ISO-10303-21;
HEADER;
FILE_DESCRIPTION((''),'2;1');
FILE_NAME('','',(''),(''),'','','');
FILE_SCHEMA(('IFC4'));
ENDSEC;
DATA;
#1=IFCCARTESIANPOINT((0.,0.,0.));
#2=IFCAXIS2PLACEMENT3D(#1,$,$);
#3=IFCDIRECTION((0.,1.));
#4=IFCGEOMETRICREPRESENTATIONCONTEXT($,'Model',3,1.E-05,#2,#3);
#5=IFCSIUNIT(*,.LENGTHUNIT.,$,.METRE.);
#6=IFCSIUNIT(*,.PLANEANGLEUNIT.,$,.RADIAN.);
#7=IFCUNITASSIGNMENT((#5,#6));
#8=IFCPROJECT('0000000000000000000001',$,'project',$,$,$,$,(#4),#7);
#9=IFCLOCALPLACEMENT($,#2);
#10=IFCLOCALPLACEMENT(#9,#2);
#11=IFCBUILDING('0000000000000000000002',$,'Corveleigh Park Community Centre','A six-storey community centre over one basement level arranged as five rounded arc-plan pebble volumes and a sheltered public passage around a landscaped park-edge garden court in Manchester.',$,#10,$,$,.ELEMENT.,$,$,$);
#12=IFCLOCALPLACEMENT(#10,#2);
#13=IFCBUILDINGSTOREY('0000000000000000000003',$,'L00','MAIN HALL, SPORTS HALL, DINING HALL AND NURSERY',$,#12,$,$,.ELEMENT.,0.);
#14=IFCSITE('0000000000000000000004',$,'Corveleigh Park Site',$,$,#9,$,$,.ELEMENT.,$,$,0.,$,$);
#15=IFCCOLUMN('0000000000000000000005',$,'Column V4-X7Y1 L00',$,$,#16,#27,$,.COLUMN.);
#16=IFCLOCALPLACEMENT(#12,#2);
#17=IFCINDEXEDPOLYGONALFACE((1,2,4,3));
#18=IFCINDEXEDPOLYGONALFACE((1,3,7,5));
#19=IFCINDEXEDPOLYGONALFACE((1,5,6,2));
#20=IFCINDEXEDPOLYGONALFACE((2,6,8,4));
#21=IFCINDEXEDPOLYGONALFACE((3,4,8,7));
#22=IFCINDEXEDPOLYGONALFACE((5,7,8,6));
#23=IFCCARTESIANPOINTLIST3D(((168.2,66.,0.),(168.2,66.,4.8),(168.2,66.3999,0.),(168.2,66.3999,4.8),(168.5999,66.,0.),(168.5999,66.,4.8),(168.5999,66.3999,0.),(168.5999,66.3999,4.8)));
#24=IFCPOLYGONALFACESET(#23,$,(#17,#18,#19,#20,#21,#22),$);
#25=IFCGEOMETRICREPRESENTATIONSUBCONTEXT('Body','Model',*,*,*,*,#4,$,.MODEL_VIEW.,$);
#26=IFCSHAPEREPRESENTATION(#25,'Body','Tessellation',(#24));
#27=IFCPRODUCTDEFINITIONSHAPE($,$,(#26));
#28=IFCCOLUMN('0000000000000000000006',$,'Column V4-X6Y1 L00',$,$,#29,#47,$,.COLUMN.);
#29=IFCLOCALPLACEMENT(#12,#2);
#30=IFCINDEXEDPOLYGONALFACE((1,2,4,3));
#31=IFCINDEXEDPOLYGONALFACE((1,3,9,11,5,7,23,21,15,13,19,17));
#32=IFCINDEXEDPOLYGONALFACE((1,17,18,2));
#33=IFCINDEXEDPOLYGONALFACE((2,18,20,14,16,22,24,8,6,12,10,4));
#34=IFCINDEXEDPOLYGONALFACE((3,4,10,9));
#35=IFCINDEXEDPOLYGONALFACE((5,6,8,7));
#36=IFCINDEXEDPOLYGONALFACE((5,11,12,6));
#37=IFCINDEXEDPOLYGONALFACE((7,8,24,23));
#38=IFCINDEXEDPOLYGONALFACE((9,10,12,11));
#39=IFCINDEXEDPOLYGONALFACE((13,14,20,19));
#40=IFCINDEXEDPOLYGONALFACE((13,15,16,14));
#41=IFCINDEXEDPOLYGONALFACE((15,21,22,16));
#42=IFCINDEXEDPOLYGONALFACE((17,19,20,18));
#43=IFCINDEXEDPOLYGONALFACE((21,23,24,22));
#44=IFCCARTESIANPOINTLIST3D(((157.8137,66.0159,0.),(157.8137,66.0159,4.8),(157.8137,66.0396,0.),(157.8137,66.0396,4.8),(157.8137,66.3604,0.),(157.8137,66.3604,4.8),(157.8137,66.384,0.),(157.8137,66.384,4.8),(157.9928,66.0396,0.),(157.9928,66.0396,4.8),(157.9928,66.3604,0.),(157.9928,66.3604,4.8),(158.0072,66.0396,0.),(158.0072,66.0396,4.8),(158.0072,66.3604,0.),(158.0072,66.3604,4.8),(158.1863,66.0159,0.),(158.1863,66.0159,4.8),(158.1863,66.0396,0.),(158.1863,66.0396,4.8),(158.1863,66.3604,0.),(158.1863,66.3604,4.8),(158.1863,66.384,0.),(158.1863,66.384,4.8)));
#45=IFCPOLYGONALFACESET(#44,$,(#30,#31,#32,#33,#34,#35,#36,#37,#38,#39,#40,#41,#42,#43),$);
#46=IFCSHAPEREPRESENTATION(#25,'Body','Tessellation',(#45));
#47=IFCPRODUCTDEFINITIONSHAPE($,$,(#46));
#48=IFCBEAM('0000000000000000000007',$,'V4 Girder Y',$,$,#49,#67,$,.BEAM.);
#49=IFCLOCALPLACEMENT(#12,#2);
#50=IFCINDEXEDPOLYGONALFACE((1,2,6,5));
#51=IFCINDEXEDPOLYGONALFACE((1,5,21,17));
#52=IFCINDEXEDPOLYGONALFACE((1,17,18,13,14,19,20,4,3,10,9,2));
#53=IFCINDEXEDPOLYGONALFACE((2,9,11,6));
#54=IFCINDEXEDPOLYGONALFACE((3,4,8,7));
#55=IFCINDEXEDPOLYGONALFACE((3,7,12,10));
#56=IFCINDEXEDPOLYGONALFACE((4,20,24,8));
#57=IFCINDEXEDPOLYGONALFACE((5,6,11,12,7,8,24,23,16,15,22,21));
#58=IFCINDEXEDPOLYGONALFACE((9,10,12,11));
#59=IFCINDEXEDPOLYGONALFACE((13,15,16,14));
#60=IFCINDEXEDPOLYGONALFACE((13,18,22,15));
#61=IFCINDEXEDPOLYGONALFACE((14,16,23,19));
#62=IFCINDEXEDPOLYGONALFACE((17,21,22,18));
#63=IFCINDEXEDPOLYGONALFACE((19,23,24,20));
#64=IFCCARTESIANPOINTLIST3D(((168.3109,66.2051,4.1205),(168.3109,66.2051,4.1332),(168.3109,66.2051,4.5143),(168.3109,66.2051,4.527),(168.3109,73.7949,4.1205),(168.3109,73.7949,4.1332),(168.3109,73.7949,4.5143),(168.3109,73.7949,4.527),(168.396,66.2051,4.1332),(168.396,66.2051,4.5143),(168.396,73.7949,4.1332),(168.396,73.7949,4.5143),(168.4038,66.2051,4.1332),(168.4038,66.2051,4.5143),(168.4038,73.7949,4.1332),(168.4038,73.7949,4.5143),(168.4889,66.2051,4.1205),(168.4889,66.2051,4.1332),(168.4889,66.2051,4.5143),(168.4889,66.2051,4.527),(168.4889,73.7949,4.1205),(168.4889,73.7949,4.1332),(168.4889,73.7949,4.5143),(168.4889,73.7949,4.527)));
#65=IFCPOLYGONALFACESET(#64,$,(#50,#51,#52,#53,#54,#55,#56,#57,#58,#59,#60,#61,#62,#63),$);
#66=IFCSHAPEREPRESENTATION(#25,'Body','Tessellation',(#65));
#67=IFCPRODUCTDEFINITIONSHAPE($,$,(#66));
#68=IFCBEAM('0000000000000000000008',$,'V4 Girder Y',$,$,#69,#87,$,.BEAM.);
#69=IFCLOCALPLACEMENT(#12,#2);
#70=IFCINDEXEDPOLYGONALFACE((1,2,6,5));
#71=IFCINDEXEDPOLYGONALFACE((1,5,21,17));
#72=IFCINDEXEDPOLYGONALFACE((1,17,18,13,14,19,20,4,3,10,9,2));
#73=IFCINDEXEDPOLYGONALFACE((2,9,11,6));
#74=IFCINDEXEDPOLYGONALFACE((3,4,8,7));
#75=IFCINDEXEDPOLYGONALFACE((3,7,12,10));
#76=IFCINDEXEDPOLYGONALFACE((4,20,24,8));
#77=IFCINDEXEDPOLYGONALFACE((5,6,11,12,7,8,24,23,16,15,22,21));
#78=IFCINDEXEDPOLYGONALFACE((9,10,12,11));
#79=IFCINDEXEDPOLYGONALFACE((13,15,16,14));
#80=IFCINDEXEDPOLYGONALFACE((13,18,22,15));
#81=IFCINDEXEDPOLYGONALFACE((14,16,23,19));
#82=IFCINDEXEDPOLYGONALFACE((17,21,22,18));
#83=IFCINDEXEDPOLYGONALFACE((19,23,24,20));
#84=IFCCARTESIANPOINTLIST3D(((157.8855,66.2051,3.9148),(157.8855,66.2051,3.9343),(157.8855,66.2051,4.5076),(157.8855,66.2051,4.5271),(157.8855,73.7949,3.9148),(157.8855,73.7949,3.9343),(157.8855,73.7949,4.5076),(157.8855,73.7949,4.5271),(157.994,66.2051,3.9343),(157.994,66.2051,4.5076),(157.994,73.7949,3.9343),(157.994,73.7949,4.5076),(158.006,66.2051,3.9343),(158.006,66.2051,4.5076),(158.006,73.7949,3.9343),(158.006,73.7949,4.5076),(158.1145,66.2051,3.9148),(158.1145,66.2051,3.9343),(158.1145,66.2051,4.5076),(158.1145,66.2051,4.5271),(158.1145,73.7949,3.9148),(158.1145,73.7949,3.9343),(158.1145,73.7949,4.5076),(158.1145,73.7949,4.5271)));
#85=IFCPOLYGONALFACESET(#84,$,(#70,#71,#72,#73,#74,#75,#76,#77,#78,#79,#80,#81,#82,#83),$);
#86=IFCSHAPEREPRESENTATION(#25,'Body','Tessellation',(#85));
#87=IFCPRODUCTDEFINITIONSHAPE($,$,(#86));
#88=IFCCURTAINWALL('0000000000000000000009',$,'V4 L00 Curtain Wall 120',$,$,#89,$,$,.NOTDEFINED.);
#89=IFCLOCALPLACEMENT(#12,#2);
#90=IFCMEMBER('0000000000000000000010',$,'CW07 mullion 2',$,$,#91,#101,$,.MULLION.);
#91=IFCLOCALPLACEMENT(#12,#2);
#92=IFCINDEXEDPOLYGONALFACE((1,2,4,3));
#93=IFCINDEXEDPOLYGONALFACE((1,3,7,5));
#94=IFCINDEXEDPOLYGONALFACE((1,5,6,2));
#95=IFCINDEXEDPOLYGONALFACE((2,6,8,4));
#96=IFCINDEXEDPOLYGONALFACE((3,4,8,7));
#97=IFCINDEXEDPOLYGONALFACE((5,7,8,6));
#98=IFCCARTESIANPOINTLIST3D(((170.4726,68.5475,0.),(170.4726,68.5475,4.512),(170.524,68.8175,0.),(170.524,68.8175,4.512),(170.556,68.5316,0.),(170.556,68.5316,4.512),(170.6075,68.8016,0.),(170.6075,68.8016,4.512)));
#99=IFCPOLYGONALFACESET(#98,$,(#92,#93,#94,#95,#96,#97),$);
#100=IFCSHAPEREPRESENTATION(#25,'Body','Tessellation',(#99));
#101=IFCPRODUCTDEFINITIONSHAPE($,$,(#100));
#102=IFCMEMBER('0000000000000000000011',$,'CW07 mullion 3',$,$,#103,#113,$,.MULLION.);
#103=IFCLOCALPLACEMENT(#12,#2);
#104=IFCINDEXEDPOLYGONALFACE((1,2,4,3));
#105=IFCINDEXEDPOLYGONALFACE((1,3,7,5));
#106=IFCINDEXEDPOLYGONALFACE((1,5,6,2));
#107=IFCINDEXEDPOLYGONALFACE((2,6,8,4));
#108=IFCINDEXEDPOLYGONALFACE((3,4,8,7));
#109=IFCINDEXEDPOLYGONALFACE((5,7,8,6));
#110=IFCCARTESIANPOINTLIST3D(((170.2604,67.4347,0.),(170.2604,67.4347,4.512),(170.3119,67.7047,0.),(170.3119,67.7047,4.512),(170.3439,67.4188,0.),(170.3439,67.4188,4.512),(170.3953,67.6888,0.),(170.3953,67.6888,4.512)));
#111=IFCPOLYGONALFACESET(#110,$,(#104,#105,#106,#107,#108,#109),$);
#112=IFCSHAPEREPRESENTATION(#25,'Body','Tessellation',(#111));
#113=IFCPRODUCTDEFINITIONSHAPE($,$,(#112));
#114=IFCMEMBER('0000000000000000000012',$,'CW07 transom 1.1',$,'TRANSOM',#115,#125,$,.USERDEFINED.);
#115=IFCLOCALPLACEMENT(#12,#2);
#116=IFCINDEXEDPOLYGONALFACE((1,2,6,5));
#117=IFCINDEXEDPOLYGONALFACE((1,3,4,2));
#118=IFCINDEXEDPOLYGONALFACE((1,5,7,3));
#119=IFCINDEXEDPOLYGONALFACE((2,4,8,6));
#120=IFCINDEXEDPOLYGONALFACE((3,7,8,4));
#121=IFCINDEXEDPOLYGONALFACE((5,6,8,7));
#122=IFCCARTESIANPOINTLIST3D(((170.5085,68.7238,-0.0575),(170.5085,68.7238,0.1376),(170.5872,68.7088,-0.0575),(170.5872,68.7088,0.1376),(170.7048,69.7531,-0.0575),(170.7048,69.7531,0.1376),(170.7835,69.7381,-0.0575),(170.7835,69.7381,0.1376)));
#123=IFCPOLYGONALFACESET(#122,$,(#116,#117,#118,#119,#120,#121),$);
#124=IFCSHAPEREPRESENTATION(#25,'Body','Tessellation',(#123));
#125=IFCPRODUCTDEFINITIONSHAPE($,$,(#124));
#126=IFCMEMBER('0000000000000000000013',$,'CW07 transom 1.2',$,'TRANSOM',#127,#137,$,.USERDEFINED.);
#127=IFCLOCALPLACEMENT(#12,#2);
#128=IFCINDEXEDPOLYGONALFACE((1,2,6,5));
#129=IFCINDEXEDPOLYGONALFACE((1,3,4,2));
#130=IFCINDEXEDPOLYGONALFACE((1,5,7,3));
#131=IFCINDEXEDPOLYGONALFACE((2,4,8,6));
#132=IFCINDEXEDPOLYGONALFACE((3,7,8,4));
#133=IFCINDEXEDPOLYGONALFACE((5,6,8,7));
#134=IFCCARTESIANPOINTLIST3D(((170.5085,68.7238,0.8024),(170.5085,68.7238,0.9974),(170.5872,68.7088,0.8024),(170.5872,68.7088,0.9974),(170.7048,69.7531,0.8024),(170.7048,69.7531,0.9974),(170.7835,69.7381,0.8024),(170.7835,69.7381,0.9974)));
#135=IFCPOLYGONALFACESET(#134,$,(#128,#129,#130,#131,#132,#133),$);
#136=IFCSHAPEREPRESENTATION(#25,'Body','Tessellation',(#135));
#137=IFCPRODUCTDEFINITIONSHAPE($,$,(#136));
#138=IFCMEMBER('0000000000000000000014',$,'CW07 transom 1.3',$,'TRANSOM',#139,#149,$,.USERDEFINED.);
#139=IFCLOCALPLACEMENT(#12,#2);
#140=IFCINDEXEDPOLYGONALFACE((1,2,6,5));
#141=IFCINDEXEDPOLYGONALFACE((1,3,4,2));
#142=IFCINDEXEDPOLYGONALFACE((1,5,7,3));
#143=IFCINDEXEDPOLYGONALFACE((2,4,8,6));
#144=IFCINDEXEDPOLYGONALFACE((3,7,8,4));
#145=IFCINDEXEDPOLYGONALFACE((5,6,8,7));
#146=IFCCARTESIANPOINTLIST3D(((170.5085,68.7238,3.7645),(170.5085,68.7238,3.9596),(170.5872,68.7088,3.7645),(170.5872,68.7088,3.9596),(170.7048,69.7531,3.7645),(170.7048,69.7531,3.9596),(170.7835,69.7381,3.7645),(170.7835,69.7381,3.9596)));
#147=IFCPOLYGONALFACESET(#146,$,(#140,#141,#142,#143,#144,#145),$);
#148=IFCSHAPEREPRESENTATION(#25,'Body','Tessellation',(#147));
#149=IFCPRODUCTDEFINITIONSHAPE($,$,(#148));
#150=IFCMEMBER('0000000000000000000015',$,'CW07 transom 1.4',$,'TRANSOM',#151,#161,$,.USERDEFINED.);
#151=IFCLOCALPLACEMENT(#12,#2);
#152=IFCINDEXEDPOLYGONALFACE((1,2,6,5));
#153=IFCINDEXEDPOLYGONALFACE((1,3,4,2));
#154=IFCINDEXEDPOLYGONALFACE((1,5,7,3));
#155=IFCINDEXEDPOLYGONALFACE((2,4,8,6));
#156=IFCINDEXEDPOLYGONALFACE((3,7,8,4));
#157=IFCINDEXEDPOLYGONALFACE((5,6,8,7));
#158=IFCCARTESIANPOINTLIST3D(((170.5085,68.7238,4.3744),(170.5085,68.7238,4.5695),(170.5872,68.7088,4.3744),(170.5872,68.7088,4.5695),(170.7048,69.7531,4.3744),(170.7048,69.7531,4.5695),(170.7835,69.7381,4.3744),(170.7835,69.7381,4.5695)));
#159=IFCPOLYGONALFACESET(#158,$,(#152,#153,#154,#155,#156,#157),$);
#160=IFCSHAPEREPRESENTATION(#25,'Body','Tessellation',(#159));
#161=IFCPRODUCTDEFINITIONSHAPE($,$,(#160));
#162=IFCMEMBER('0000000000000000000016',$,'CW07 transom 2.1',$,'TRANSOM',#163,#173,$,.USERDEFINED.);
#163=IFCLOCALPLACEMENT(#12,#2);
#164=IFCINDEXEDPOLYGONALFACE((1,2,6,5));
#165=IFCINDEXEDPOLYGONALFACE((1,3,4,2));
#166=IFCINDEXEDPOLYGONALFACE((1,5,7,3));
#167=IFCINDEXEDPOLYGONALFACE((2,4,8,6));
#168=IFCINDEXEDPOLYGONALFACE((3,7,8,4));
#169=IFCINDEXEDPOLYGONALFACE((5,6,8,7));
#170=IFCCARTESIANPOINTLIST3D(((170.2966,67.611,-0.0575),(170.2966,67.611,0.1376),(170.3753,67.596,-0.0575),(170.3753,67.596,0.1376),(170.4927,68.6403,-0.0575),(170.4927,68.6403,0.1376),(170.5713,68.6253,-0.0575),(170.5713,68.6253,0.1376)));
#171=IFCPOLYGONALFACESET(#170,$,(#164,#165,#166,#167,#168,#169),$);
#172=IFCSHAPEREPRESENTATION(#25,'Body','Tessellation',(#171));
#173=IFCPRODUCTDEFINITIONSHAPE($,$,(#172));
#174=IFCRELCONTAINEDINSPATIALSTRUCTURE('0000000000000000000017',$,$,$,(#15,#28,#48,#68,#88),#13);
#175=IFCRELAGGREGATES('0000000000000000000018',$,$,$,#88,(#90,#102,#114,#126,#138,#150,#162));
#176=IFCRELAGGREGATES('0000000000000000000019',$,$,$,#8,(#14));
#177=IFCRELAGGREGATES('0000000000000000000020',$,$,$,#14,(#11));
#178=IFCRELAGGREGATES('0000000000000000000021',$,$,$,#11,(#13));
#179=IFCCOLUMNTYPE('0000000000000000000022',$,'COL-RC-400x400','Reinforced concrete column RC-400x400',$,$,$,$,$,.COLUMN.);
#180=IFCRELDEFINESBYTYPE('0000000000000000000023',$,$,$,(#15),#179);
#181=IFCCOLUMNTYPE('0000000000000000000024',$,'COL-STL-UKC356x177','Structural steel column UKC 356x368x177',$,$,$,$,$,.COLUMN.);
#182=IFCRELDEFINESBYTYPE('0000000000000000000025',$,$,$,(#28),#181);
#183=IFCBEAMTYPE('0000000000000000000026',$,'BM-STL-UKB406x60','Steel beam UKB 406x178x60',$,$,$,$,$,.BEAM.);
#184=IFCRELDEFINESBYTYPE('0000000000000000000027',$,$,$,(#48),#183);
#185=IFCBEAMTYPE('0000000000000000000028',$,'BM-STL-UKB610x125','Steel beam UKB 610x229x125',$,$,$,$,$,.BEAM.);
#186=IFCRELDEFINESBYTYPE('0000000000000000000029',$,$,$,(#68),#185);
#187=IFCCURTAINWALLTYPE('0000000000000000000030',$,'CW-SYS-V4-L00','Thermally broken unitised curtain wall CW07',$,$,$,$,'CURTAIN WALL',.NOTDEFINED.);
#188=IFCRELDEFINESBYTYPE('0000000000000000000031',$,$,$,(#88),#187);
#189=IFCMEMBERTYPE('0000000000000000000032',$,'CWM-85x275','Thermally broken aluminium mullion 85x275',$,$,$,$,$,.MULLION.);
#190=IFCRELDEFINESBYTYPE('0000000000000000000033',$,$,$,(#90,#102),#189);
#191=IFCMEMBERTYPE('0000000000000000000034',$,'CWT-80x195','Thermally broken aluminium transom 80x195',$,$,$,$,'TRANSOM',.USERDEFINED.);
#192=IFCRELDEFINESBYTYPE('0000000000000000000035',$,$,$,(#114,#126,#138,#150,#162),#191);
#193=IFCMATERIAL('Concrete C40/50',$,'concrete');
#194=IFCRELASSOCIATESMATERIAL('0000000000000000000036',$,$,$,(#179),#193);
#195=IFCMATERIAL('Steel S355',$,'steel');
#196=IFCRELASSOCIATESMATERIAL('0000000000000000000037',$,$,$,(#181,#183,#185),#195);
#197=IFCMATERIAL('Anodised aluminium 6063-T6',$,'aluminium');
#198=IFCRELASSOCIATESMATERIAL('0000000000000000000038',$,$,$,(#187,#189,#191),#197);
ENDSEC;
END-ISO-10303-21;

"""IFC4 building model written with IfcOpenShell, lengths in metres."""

from ifc_helpers import new_model, si_unit, direction, frame, origin, origin_2d, place, context, subcontext, project, spatial, rectangle, i_section, extrude, material, material_profile, profile_set, type_object, element, aggregate, save


model = new_model("IFC4")

# Units and contexts
model_context = context("Model", 3, precision=1e-05, world=origin(), true_north=direction((0.0, 1.0)))
body_context = subcontext(model_context, "Body", "Model", "MODEL_VIEW")
ifc_project = project(units=[si_unit("LENGTHUNIT", "METRE"), si_unit("PLANEANGLEUNIT", "RADIAN")], contexts=[model_context])

# Site, building, storey
site_placement = place(None, origin())
site = spatial("IfcSite", under=ifc_project, at=site_placement, Name="Corveleigh Park Site", CompositionType="ELEMENT", RefElevation=0.0)
building_placement = place(site_placement, origin())
building = spatial("IfcBuilding", under=site, at=building_placement, Name="Corveleigh Park Community Centre", Description="A six-storey community centre over one basement level arranged as five rounded arc-plan pebble volumes and a sheltered public passage around a landscaped park-edge garden court in Manchester.", CompositionType="ELEMENT")
storey_placement = place(building_placement, origin())
storey = spatial("IfcBuildingStorey", under=building, at=storey_placement, Name="L00", Description="MAIN HALL, SPORTS HALL, DINING HALL AND NURSERY", CompositionType="ELEMENT", Elevation=0.0)

# Columns
ifc_material_1 = material(Name="Concrete C40/50", Category="concrete")
ifc_material_profile_1 = material_profile(ifc_material_1, rectangle(XDim=0.3999, YDim=0.3999, at=origin_2d()), Name="RC-400x400", Category="concrete")
ifc_profile_set_1 = profile_set([ifc_material_profile_1], Name="Concrete C40/50")
column_type_1 = type_object("IfcColumnType", Name="COL-RC-400x400", Description="Reinforced concrete column RC-400x400", PredefinedType="COLUMN", material=ifc_profile_set_1)
column_1_placement = place(storey_placement, frame((168.3999, 66.2, 0.0), z_axis=(0.0, 0.0, 1.0), x_axis=(1.0, 0.0, 0.0)))
element("IfcColumn", 1, at=column_1_placement, inside=storey, type_object=column_type_1, Name="Column V4-X7Y1 L00", PredefinedType="COLUMN", context=body_context, shape_type="SweptSolid", body=[
    extrude(rectangle(XDim=0.3999, YDim=0.3999, at=origin_2d()), origin(), (0.0, 0.0, 1.0), 4.8),
])
ifc_material_2 = material(Name="Steel S355", Category="steel")
ifc_material_profile_2 = material_profile(ifc_material_2, i_section(OverallWidth=0.3726, OverallDepth=0.3682, WebThickness=0.0144, FlangeThickness=0.0237, at=origin_2d()), Name="UKC 356x368x177", Category="steel")
ifc_profile_set_2 = profile_set([ifc_material_profile_2], Name="Steel S355")
column_type_2 = type_object("IfcColumnType", Name="COL-STL-UKC356x177", Description="Structural steel column UKC 356x368x177", PredefinedType="COLUMN", material=ifc_profile_set_2)
column_2_placement = place(storey_placement, frame((158.0, 66.2, 0.0), z_axis=(0.0, 0.0, 1.0), x_axis=(1.0, 0.0, 0.0)))
element("IfcColumn", 2, at=column_2_placement, inside=storey, type_object=column_type_2, Name="Column V4-X6Y1 L00", PredefinedType="COLUMN", context=body_context, shape_type="SweptSolid", body=[
    extrude(i_section(OverallWidth=0.3726, OverallDepth=0.3682, WebThickness=0.0144, FlangeThickness=0.0237, at=origin_2d()), origin(), (0.0, 0.0, 1.0), 4.8),
])

# Beams
ifc_material_profile_3 = material_profile(ifc_material_2, i_section(OverallWidth=0.178, OverallDepth=0.4065, WebThickness=0.0078, FlangeThickness=0.0127, at=origin_2d()), Name="UKB 406x178x60", Category="steel")
ifc_profile_set_3 = profile_set([ifc_material_profile_3], Name="Steel S355")
beam_type_1 = type_object("IfcBeamType", Name="BM-STL-UKB406x60", Description="Steel beam UKB 406x178x60", PredefinedType="BEAM", material=ifc_profile_set_3)
beam_1_placement = place(storey_placement, frame((168.3999, 66.2051, 4.3237), z_axis=(0.0, 1.0, 0.0), x_axis=(-1.0, 0.0, 0.0)))
element("IfcBeam", 3, at=beam_1_placement, inside=storey, type_object=beam_type_1, Name="V4 Girder Y", PredefinedType="BEAM", context=body_context, shape_type="SweptSolid", body=[
    extrude(i_section(OverallWidth=0.178, OverallDepth=0.4065, WebThickness=0.0078, FlangeThickness=0.0127, at=origin_2d()), origin(), (0.0, 0.0, 1.0), 7.5898),
])
ifc_material_profile_4 = material_profile(ifc_material_2, i_section(OverallWidth=0.229, OverallDepth=0.6123, WebThickness=0.012, FlangeThickness=0.0195, at=origin_2d()), Name="UKB 610x229x125", Category="steel")
ifc_profile_set_4 = profile_set([ifc_material_profile_4], Name="Steel S355")
beam_type_2 = type_object("IfcBeamType", Name="BM-STL-UKB610x125", Description="Steel beam UKB 610x229x125", PredefinedType="BEAM", material=ifc_profile_set_4)
beam_2_placement = place(storey_placement, frame((158.0, 66.2051, 4.2209), z_axis=(0.0, 1.0, 0.0), x_axis=(-1.0, 0.0, 0.0)))
element("IfcBeam", 4, at=beam_2_placement, inside=storey, type_object=beam_type_2, Name="V4 Girder Y", PredefinedType="BEAM", context=body_context, shape_type="SweptSolid", body=[
    extrude(i_section(OverallWidth=0.229, OverallDepth=0.6123, WebThickness=0.012, FlangeThickness=0.0195, at=origin_2d()), origin(), (0.0, 0.0, 1.0), 7.5898),
])

# Curtain wall, members
ifc_material_3 = material(Name="Anodised aluminium 6063-T6", Category="aluminium")
curtain_wall_type = type_object("IfcCurtainWallType", Name="CW-SYS-V4-L00", Description="Thermally broken unitised curtain wall CW07", ElementType="CURTAIN WALL", PredefinedType="NOTDEFINED", material=ifc_material_3)
curtain_wall_placement = place(storey_placement, origin())
curtain_wall = element("IfcCurtainWall", 5, at=curtain_wall_placement, inside=storey, type_object=curtain_wall_type, Name="V4 L00 Curtain Wall 120", PredefinedType="NOTDEFINED")
ifc_material_profile_5 = material_profile(ifc_material_3, rectangle(XDim=0.085, YDim=0.2749, at=origin_2d()), Name="ALU-M85x275", Category="aluminium")
ifc_profile_set_5 = profile_set([ifc_material_profile_5], Name="Anodised aluminium 6063-T6")
member_type_1 = type_object("IfcMemberType", Name="CWM-85x275", Description="Thermally broken aluminium mullion 85x275", PredefinedType="MULLION", material=ifc_profile_set_5)
member_1_placement = place(storey_placement, frame((170.54, 68.6746, 0.0), z_axis=(0.0, 0.0, 1.0), x_axis=(0.982324, -0.18719, 0.0)))
member_1 = element("IfcMember", 6, at=member_1_placement, type_object=member_type_1, Name="CW07 mullion 2", PredefinedType="MULLION", context=body_context, shape_type="SweptSolid", body=[
    extrude(rectangle(XDim=0.085, YDim=0.2749, at=origin_2d()), origin(), (0.0, 0.0, 1.0), 4.512),
])
member_2_placement = place(storey_placement, frame((170.3279, 67.5618, 0.0), z_axis=(0.0, 0.0, 1.0), x_axis=(0.982324, -0.18719, 0.0)))
member_2 = element("IfcMember", 7, at=member_2_placement, type_object=member_type_1, Name="CW07 mullion 3", PredefinedType="MULLION", context=body_context, shape_type="SweptSolid", body=[
    extrude(rectangle(XDim=0.085, YDim=0.2749, at=origin_2d()), origin(), (0.0, 0.0, 1.0), 4.512),
])
ifc_material_profile_6 = material_profile(ifc_material_3, rectangle(XDim=0.0801, YDim=0.1951, at=origin_2d()), Name="ALU-T80x195", Category="aluminium")
ifc_profile_set_6 = profile_set([ifc_material_profile_6], Name="Anodised aluminium 6063-T6")
member_type_2 = type_object("IfcMemberType", Name="CWT-80x195", Description="Thermally broken aluminium transom 80x195", ElementType="TRANSOM", PredefinedType="USERDEFINED", material=ifc_profile_set_6)
member_3_placement = place(storey_placement, frame((170.7441, 69.7456, 0.04), z_axis=(-0.187326, -0.982298, 0.0), x_axis=(0.982298, -0.187326, 0.0)))
member_3 = element("IfcMember", 8, at=member_3_placement, type_object=member_type_2, Name="CW07 transom 1.1", ObjectType="TRANSOM", PredefinedType="USERDEFINED", context=body_context, shape_type="SweptSolid", body=[
    extrude(rectangle(XDim=0.0801, YDim=0.1951, at=origin_2d()), origin(), (0.0, 0.0, 1.0), 1.0479),
])
member_4_placement = place(storey_placement, frame((170.7441, 69.7456, 0.8999), z_axis=(-0.187326, -0.982298, 0.0), x_axis=(0.982298, -0.187326, 0.0)))
member_4 = element("IfcMember", 9, at=member_4_placement, type_object=member_type_2, Name="CW07 transom 1.2", ObjectType="TRANSOM", PredefinedType="USERDEFINED", context=body_context, shape_type="SweptSolid", body=[
    extrude(rectangle(XDim=0.0801, YDim=0.1951, at=origin_2d()), origin(), (0.0, 0.0, 1.0), 1.0479),
])
member_5_placement = place(storey_placement, frame((170.7441, 69.7456, 3.8621), z_axis=(-0.187326, -0.982298, 0.0), x_axis=(0.982298, -0.187326, 0.0)))
member_5 = element("IfcMember", 10, at=member_5_placement, type_object=member_type_2, Name="CW07 transom 1.3", ObjectType="TRANSOM", PredefinedType="USERDEFINED", context=body_context, shape_type="SweptSolid", body=[
    extrude(rectangle(XDim=0.0801, YDim=0.1951, at=origin_2d()), origin(), (0.0, 0.0, 1.0), 1.0479),
])
member_6_placement = place(storey_placement, frame((170.7441, 69.7456, 4.4719), z_axis=(-0.187326, -0.982298, 0.0), x_axis=(0.982298, -0.187326, 0.0)))
member_6 = element("IfcMember", 11, at=member_6_placement, type_object=member_type_2, Name="CW07 transom 1.4", ObjectType="TRANSOM", PredefinedType="USERDEFINED", context=body_context, shape_type="SweptSolid", body=[
    extrude(rectangle(XDim=0.0801, YDim=0.1951, at=origin_2d()), origin(), (0.0, 0.0, 1.0), 1.0479),
])
member_7_placement = place(storey_placement, frame((170.532, 68.6328, 0.04), z_axis=(-0.187101, -0.982341, 0.0), x_axis=(0.982341, -0.187101, 0.0)))
member_7 = element("IfcMember", 12, at=member_7_placement, type_object=member_type_2, Name="CW07 transom 2.1", ObjectType="TRANSOM", PredefinedType="USERDEFINED", context=body_context, shape_type="SweptSolid", body=[
    extrude(rectangle(XDim=0.0801, YDim=0.1951, at=origin_2d()), origin(), (0.0, 0.0, 1.0), 1.0479),
])

aggregate(curtain_wall, [member_1, member_2, member_3, member_4, member_5, member_6, member_7])

save(model, "model.ifc")
